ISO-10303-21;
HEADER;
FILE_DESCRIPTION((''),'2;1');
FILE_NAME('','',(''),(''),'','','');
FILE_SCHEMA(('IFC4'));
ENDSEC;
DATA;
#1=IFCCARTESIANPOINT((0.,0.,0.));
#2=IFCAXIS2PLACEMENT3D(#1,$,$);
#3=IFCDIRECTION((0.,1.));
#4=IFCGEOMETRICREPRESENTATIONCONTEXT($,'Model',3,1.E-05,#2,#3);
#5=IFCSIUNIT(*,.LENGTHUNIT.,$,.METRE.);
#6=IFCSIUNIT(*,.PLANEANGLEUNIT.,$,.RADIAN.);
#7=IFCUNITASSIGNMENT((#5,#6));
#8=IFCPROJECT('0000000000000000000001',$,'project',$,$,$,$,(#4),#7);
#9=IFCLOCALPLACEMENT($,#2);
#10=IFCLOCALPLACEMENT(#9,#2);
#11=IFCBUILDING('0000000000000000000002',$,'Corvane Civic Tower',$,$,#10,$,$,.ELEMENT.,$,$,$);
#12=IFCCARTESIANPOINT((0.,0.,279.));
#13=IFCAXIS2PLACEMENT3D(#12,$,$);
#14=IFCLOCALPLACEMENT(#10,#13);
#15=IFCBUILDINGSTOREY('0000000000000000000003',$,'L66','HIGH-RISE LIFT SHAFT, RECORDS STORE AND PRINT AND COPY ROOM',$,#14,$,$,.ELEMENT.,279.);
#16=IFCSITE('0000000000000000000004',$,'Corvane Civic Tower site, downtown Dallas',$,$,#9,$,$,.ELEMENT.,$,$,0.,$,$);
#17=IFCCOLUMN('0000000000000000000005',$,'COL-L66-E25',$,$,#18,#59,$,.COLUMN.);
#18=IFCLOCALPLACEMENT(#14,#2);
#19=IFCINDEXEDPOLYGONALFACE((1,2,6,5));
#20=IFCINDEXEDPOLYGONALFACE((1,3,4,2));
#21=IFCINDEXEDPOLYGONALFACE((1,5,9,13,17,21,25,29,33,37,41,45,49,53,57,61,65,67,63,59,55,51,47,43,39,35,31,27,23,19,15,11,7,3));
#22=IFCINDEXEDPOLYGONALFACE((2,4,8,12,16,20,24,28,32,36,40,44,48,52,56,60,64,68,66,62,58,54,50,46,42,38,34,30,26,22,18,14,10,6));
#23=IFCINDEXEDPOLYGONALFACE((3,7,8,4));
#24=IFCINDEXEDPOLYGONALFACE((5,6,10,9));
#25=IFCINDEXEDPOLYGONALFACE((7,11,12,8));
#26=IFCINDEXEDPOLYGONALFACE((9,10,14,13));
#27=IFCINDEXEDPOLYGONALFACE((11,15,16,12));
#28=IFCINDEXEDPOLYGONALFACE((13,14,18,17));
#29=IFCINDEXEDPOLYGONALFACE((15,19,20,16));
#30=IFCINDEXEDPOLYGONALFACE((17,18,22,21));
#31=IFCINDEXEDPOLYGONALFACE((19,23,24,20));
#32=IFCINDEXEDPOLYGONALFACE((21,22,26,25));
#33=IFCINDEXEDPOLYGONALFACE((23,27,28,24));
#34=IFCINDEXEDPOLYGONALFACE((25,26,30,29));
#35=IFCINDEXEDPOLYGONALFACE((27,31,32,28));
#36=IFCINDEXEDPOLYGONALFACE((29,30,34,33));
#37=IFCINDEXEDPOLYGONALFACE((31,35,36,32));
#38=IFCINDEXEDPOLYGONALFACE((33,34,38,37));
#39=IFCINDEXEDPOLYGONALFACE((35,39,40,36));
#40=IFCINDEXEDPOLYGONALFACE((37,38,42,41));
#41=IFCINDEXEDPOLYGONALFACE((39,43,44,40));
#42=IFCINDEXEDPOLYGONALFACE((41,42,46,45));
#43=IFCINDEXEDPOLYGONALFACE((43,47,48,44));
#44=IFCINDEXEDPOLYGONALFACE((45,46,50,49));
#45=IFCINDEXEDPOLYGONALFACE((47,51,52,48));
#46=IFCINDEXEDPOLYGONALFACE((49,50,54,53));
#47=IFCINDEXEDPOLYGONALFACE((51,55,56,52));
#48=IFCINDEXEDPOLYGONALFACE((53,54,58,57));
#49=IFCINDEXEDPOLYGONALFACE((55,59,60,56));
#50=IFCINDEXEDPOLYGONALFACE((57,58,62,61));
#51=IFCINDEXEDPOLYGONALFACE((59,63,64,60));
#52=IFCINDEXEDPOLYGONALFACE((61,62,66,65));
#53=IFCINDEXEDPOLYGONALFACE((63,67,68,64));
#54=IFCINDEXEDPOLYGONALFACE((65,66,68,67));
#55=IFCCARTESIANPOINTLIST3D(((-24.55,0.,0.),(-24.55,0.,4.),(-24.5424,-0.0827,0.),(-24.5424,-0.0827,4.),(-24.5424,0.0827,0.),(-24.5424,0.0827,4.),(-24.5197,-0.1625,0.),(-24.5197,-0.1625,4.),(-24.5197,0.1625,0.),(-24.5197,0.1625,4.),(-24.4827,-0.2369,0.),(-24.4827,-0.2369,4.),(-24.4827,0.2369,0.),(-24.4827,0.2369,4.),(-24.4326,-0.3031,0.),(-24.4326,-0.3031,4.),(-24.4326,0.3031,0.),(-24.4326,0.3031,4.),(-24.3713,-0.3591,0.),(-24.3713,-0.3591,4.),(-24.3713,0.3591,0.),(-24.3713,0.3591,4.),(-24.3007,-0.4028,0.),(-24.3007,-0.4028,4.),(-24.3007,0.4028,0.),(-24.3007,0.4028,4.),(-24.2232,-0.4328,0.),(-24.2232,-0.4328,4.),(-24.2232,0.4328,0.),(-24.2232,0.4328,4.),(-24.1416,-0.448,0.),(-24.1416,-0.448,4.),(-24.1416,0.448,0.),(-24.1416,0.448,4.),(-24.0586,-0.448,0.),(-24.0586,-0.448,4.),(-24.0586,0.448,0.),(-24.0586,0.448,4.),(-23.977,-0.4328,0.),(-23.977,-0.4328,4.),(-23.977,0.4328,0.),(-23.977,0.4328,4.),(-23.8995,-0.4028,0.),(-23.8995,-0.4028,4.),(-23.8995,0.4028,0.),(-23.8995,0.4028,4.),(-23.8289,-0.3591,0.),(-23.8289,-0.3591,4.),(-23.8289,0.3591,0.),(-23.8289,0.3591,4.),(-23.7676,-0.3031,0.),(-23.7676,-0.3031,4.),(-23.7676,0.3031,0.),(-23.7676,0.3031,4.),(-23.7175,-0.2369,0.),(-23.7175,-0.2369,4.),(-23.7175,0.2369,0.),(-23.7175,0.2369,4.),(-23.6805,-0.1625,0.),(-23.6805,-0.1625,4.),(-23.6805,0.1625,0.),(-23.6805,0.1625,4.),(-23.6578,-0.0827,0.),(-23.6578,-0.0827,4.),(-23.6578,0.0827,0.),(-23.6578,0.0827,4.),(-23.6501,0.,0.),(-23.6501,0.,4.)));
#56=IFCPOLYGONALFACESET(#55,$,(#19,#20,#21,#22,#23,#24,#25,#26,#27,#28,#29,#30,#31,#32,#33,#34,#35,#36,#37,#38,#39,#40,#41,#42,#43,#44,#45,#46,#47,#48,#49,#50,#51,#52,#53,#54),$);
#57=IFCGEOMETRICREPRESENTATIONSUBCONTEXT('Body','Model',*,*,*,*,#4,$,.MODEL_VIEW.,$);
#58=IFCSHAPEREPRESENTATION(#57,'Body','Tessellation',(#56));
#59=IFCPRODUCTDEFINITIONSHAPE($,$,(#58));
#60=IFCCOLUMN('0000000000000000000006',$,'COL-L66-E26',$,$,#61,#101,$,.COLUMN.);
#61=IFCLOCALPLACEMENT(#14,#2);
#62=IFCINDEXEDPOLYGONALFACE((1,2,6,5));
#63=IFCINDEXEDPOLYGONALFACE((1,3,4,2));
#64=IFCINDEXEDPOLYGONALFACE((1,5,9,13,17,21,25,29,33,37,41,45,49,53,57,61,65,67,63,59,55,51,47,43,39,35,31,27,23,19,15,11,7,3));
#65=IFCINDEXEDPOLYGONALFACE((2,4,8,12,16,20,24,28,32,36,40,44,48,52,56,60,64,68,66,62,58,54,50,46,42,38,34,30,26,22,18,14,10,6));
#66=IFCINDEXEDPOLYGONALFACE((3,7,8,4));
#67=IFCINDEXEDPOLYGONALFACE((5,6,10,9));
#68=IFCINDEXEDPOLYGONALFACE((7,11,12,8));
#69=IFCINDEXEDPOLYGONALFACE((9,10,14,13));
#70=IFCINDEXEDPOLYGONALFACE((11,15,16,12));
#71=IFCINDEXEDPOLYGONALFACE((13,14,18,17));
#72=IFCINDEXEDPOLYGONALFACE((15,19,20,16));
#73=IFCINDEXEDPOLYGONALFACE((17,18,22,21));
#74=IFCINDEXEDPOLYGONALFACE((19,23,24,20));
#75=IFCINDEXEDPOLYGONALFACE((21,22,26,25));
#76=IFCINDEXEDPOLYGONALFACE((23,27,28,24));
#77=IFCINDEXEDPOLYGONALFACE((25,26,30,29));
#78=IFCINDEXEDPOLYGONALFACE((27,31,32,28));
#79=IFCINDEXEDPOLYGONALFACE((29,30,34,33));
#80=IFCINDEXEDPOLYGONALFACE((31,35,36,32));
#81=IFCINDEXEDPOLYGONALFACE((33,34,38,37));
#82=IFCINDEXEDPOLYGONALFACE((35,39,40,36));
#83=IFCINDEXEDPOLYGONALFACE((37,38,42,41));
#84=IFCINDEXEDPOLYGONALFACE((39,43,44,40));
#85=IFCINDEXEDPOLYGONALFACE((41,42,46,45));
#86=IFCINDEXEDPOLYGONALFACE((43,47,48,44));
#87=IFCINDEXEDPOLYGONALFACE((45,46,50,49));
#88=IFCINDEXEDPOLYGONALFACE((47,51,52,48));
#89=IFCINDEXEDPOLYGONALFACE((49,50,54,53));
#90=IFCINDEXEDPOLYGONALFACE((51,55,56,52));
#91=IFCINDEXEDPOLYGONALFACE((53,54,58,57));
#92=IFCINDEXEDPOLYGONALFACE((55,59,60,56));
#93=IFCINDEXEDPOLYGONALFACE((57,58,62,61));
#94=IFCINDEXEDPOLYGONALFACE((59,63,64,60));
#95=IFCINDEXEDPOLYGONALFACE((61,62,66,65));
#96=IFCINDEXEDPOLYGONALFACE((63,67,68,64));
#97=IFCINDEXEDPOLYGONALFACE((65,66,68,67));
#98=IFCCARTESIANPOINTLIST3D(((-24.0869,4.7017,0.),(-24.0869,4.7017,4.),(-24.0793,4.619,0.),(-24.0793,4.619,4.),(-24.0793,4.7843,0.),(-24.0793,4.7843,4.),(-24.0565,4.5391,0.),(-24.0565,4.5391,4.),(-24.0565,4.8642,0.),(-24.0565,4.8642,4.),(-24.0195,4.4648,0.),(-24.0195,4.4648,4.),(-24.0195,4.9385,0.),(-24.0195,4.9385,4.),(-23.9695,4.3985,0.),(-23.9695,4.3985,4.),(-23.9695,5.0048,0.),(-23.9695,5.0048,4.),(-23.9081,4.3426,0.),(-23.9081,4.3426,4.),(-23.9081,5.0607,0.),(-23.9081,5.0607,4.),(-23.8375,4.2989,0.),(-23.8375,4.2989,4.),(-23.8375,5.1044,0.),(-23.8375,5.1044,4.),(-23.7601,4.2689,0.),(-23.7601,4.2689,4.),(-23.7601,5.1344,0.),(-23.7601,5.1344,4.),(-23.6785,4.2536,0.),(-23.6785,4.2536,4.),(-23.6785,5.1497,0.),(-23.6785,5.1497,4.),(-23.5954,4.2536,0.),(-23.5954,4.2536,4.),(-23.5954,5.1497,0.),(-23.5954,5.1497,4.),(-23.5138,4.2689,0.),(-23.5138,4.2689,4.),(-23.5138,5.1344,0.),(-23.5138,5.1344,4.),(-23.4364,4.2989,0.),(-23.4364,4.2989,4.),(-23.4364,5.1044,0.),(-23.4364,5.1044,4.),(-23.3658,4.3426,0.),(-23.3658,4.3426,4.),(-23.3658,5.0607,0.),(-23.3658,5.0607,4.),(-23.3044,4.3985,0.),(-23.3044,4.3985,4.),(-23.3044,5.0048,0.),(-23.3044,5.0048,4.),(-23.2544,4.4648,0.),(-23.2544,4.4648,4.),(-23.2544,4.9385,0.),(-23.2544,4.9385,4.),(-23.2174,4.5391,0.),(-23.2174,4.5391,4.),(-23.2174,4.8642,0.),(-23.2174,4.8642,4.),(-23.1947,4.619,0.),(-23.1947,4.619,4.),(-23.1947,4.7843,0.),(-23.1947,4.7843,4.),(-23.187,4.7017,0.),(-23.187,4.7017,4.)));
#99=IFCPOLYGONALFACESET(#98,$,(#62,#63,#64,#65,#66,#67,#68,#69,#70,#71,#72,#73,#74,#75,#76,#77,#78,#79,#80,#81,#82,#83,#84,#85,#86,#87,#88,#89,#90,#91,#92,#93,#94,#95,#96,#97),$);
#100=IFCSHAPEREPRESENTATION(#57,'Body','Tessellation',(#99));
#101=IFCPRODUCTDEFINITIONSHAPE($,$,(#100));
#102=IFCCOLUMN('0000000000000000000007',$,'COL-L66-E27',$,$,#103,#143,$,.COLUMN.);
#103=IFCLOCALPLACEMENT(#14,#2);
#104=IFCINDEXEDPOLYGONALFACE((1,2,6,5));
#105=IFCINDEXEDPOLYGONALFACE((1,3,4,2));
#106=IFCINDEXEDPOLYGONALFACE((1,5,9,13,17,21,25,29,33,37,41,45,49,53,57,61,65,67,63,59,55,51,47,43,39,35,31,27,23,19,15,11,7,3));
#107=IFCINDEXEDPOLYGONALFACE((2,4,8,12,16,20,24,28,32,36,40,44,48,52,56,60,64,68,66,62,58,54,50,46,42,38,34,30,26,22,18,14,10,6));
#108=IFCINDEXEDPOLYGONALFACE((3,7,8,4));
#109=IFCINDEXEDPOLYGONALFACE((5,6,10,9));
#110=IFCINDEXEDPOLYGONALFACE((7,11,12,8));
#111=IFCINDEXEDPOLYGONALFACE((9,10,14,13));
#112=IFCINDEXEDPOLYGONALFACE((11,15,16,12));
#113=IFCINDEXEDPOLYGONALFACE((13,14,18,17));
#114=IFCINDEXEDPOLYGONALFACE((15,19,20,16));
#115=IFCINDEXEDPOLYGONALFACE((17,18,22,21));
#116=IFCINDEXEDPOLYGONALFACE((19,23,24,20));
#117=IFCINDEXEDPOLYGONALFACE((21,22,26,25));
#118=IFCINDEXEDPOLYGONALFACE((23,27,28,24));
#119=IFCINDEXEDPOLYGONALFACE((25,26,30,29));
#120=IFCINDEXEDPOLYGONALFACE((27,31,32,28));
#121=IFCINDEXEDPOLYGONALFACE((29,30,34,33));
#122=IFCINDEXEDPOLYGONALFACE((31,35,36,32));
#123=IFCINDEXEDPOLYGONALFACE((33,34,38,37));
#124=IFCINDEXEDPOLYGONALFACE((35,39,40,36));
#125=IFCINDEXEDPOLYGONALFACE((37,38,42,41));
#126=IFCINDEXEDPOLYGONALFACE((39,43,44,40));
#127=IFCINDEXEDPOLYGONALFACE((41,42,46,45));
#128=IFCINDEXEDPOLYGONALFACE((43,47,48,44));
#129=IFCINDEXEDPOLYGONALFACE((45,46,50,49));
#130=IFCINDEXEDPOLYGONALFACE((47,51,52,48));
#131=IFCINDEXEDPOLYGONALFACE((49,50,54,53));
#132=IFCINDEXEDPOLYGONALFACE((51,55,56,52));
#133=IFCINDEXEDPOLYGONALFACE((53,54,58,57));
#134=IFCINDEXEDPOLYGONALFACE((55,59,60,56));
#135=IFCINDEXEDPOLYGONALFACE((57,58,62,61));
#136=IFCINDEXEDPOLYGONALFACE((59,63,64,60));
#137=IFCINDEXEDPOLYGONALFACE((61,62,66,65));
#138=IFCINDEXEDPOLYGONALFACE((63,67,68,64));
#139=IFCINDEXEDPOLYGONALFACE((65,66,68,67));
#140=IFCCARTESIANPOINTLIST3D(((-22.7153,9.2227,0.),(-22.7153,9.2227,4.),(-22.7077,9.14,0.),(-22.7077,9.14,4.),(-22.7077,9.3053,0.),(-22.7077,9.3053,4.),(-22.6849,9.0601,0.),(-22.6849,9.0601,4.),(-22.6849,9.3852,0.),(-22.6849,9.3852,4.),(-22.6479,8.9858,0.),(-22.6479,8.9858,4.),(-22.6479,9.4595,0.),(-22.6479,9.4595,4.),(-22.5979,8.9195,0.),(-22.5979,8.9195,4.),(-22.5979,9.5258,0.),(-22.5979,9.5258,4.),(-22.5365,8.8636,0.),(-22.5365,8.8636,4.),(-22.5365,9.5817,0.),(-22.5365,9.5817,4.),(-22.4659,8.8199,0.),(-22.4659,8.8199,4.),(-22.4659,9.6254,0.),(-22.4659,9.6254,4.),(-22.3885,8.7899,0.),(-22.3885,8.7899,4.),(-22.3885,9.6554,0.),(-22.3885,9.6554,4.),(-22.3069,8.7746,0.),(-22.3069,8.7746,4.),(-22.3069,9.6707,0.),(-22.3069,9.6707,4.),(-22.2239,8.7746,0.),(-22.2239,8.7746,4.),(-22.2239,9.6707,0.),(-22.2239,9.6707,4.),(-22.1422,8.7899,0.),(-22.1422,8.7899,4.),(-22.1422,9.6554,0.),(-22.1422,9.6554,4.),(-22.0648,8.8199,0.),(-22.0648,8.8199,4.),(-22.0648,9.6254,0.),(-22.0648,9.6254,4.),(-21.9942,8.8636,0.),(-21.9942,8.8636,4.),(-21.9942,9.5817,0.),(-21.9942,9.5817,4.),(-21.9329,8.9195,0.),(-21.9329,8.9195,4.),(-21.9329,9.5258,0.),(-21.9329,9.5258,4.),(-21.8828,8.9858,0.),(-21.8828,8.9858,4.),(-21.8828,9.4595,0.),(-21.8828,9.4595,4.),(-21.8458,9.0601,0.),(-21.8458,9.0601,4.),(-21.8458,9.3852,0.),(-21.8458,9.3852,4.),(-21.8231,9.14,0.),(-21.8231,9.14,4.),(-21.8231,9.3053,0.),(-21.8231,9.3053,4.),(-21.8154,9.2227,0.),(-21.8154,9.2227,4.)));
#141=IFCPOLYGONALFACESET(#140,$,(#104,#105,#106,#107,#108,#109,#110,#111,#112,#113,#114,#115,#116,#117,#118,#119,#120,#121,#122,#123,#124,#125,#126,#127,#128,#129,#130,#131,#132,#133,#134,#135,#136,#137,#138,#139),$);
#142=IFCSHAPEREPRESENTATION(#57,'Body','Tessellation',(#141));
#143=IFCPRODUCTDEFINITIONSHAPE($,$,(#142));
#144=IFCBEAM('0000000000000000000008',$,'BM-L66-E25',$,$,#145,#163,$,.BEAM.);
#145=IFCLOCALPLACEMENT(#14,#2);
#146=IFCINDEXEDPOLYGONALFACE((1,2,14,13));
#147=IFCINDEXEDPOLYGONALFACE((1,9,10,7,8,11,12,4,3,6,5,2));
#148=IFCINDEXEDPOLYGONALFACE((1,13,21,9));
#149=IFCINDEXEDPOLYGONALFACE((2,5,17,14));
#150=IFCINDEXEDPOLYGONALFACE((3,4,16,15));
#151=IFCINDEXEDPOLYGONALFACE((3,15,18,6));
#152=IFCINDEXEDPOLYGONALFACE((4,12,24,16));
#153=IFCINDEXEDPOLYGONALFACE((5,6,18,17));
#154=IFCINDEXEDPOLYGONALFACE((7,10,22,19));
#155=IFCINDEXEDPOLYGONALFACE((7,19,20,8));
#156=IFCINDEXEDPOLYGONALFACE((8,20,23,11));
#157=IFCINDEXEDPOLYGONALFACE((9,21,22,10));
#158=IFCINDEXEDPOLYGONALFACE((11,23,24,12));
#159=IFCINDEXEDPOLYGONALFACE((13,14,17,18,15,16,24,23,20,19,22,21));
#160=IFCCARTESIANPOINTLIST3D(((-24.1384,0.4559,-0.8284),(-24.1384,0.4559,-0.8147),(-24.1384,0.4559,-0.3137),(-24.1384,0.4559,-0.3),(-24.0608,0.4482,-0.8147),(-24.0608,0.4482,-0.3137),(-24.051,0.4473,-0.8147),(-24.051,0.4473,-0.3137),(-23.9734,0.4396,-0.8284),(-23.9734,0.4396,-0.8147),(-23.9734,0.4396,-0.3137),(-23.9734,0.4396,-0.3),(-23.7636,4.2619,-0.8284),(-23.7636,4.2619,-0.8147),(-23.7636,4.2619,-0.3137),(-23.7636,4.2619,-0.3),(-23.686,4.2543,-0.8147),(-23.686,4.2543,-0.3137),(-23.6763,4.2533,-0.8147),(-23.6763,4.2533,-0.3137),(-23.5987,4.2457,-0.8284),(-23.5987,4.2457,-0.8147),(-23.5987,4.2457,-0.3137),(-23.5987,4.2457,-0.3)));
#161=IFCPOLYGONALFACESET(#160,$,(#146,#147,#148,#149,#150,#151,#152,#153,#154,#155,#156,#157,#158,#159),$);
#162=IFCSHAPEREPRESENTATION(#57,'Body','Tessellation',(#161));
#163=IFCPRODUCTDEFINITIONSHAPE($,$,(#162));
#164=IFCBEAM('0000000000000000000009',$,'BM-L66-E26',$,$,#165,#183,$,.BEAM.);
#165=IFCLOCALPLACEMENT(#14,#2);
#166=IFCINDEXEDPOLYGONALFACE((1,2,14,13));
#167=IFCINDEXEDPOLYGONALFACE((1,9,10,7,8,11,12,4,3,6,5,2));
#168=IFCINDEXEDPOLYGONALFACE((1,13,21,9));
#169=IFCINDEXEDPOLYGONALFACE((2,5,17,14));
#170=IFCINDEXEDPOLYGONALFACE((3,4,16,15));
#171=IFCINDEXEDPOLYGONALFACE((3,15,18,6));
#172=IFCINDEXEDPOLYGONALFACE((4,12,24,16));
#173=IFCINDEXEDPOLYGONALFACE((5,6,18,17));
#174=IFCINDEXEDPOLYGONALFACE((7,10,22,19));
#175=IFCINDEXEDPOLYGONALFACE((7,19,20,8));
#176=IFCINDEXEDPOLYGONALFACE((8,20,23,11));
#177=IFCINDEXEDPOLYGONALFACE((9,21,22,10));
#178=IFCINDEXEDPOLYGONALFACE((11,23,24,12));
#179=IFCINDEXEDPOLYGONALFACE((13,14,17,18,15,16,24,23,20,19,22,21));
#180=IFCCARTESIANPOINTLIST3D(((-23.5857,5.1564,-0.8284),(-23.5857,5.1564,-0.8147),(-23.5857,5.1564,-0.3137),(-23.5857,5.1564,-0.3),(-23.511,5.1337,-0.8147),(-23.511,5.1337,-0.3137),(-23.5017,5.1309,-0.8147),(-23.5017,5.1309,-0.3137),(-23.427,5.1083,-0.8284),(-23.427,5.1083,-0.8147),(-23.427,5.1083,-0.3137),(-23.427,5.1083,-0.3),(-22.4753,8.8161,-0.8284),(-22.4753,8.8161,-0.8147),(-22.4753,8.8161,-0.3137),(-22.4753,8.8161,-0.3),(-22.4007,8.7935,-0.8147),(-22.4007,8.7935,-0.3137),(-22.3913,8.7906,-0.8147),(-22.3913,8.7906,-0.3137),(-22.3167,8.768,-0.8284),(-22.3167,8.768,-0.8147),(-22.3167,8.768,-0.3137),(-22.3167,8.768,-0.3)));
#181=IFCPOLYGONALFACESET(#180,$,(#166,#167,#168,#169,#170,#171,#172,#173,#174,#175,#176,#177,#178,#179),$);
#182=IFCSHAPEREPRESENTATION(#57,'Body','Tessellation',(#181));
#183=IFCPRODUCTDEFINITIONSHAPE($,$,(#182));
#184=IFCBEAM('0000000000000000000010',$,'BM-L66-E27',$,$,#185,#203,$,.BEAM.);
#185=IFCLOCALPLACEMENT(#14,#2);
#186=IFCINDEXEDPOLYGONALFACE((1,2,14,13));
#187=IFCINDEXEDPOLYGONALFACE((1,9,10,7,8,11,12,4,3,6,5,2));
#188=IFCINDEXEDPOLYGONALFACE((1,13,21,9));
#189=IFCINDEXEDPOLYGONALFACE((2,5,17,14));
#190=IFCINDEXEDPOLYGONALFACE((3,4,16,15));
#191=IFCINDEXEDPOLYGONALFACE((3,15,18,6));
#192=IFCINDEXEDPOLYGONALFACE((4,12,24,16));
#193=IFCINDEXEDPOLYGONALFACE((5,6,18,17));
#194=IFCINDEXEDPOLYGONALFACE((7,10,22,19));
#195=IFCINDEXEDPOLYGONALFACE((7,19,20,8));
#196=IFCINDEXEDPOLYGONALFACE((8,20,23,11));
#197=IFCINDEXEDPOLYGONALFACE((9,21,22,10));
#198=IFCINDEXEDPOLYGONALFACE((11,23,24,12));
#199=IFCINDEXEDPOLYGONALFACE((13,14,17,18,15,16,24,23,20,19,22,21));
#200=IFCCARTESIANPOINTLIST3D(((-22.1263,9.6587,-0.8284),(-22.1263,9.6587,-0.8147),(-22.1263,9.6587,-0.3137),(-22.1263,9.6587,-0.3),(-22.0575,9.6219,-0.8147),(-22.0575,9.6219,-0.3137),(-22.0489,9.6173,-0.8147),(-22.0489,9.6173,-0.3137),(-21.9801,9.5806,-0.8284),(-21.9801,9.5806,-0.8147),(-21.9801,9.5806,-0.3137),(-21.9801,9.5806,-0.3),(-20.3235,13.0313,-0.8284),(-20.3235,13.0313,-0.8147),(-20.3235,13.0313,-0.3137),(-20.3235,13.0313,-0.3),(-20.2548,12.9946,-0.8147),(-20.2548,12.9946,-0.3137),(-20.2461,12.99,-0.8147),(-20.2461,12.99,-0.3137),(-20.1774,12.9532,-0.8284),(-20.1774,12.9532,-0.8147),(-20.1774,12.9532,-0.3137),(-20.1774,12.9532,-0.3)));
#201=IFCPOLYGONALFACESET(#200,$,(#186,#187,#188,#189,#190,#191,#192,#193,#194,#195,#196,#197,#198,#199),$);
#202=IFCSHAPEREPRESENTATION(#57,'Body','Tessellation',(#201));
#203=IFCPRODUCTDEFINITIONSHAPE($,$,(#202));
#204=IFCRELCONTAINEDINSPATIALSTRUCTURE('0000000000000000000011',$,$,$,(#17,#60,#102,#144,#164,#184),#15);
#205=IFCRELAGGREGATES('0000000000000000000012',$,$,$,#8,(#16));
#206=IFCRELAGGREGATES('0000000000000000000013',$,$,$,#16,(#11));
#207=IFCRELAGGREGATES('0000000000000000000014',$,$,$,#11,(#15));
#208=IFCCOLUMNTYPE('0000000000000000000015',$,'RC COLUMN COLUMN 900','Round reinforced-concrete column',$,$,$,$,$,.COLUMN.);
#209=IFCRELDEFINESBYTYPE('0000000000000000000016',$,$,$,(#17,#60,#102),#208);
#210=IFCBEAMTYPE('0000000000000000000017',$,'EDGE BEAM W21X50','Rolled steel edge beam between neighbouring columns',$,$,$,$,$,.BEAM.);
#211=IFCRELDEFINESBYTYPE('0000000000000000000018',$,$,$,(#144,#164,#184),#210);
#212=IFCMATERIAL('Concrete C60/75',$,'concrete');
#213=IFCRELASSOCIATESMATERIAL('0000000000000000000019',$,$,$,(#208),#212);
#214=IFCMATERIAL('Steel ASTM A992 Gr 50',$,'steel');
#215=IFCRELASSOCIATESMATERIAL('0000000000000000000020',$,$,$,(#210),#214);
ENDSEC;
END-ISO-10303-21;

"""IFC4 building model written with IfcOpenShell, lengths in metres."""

from ifc_helpers import new_model, si_unit, direction, frame, origin, origin_2d, place, context, subcontext, project, spatial, circle, i_section, extrude, material, material_profile, profile_set, type_object, element, save


model = new_model("IFC4")

# Units and contexts
model_context = context("Model", 3, precision=1e-05, world=origin(), true_north=direction((0.0, 1.0)))
body_context = subcontext(model_context, "Body", "Model", "MODEL_VIEW")
ifc_project = project(units=[si_unit("LENGTHUNIT", "METRE"), si_unit("PLANEANGLEUNIT", "RADIAN")], contexts=[model_context])

# Site, building, storey
site_placement = place(None, origin())
site = spatial("IfcSite", under=ifc_project, at=site_placement, Name="Corvane Civic Tower site, downtown Dallas", CompositionType="ELEMENT", RefElevation=0.0)
building_placement = place(site_placement, origin())
building = spatial("IfcBuilding", under=site, at=building_placement, Name="Corvane Civic Tower", CompositionType="ELEMENT")
storey_placement = place(building_placement, frame((0.0, 0.0, 279.0)))
storey = spatial("IfcBuildingStorey", under=building, at=storey_placement, Name="L66", Description="HIGH-RISE LIFT SHAFT, RECORDS STORE AND PRINT AND COPY ROOM", CompositionType="ELEMENT", Elevation=279.0)

# Columns
ifc_material_1 = material(Name="Concrete C60/75", Category="concrete")
ifc_material_profile_1 = material_profile(ifc_material_1, circle(Radius=0.45, at=origin_2d()), Name="COLUMN 900")
ifc_profile_set_1 = profile_set([ifc_material_profile_1], Name="Concrete C60/75")
column_type = type_object("IfcColumnType", Name="RC COLUMN COLUMN 900", Description="Round reinforced-concrete column", PredefinedType="COLUMN", material=ifc_profile_set_1)
for number, where, z_axis, x_axis, name in (
    (1, (-24.1001, 0.0, 0.0), (0.0, 0.0, 1.0), (1.0, 0.0, 0.0), "COL-L66-E25"),
    (2, (-23.637, 4.7017, 0.0), (0.0, 0.0, 1.0), (1.0, 0.0, 0.0), "COL-L66-E26"),
    (3, (-22.2654, 9.2227, 0.0), (0.0, 0.0, 1.0), (1.0, 0.0, 0.0), "COL-L66-E27"),
):
    element("IfcColumn", number, at=place(storey_placement, frame(where, z_axis=z_axis, x_axis=x_axis)), inside=storey, type_object=column_type, Name=name, PredefinedType="COLUMN", context=body_context, shape_type="SweptSolid", body=[
        extrude(circle(Radius=0.45, at=origin_2d()), origin(), (0.0, 0.0, 1.0), 4.0),
    ])

# Beams
ifc_material_2 = material(Name="Steel ASTM A992 Gr 50", Category="steel")
ifc_material_profile_2 = material_profile(ifc_material_2, i_section(OverallWidth=0.1658, OverallDepth=0.5283, WebThickness=0.0098, FlangeThickness=0.0137, at=origin_2d()), Name="W21X50")
ifc_profile_set_2 = profile_set([ifc_material_profile_2], Name="Steel ASTM A992 Gr 50")
beam_type_1 = type_object("IfcBeamType", Name="EDGE BEAM W21X50", Description="Rolled steel edge beam between neighbouring columns", PredefinedType="BEAM", material=ifc_profile_set_2)
for number, where, z_axis, x_axis, name in (
    (4, (-24.0559, 0.4478, -0.5642), (0.097987, 0.995188, 0.0), (-0.995188, 0.097987, 0.0), "BM-L66-E25"),
    (5, (-23.5063, 5.1323, -0.5642), (0.290333, 0.956926, 0.0), (-0.956926, 0.290333, 0.0), "BM-L66-E26"),
):
    element("IfcBeam", number, at=place(storey_placement, frame(where, z_axis=z_axis, x_axis=x_axis)), inside=storey, type_object=beam_type_1, Name=name, PredefinedType="BEAM", context=body_context, shape_type="SweptSolid", body=[
        extrude(i_section(OverallWidth=0.1658, OverallDepth=0.5283, WebThickness=0.0098, FlangeThickness=0.0137, at=origin_2d()), origin(), (0.0, 0.0, 1.0), 3.8245),
    ])
beam_1_placement = place(storey_placement, frame((-22.0532, 9.6196, -0.5642), z_axis=(0.47141, 0.881914, 0.0), x_axis=(-0.881914, 0.47141, 0.0)))
element("IfcBeam", 6, at=beam_1_placement, inside=storey, type_object=beam_type_1, Name="BM-L66-E27", PredefinedType="BEAM", context=body_context, shape_type="SweptSolid", body=[
    extrude(i_section(OverallWidth=0.1658, OverallDepth=0.5283, WebThickness=0.0098, FlangeThickness=0.0137, at=origin_2d()), origin(), (0.0, 0.0, 1.0), 3.8242),
])

save(model, "model.ifc")
